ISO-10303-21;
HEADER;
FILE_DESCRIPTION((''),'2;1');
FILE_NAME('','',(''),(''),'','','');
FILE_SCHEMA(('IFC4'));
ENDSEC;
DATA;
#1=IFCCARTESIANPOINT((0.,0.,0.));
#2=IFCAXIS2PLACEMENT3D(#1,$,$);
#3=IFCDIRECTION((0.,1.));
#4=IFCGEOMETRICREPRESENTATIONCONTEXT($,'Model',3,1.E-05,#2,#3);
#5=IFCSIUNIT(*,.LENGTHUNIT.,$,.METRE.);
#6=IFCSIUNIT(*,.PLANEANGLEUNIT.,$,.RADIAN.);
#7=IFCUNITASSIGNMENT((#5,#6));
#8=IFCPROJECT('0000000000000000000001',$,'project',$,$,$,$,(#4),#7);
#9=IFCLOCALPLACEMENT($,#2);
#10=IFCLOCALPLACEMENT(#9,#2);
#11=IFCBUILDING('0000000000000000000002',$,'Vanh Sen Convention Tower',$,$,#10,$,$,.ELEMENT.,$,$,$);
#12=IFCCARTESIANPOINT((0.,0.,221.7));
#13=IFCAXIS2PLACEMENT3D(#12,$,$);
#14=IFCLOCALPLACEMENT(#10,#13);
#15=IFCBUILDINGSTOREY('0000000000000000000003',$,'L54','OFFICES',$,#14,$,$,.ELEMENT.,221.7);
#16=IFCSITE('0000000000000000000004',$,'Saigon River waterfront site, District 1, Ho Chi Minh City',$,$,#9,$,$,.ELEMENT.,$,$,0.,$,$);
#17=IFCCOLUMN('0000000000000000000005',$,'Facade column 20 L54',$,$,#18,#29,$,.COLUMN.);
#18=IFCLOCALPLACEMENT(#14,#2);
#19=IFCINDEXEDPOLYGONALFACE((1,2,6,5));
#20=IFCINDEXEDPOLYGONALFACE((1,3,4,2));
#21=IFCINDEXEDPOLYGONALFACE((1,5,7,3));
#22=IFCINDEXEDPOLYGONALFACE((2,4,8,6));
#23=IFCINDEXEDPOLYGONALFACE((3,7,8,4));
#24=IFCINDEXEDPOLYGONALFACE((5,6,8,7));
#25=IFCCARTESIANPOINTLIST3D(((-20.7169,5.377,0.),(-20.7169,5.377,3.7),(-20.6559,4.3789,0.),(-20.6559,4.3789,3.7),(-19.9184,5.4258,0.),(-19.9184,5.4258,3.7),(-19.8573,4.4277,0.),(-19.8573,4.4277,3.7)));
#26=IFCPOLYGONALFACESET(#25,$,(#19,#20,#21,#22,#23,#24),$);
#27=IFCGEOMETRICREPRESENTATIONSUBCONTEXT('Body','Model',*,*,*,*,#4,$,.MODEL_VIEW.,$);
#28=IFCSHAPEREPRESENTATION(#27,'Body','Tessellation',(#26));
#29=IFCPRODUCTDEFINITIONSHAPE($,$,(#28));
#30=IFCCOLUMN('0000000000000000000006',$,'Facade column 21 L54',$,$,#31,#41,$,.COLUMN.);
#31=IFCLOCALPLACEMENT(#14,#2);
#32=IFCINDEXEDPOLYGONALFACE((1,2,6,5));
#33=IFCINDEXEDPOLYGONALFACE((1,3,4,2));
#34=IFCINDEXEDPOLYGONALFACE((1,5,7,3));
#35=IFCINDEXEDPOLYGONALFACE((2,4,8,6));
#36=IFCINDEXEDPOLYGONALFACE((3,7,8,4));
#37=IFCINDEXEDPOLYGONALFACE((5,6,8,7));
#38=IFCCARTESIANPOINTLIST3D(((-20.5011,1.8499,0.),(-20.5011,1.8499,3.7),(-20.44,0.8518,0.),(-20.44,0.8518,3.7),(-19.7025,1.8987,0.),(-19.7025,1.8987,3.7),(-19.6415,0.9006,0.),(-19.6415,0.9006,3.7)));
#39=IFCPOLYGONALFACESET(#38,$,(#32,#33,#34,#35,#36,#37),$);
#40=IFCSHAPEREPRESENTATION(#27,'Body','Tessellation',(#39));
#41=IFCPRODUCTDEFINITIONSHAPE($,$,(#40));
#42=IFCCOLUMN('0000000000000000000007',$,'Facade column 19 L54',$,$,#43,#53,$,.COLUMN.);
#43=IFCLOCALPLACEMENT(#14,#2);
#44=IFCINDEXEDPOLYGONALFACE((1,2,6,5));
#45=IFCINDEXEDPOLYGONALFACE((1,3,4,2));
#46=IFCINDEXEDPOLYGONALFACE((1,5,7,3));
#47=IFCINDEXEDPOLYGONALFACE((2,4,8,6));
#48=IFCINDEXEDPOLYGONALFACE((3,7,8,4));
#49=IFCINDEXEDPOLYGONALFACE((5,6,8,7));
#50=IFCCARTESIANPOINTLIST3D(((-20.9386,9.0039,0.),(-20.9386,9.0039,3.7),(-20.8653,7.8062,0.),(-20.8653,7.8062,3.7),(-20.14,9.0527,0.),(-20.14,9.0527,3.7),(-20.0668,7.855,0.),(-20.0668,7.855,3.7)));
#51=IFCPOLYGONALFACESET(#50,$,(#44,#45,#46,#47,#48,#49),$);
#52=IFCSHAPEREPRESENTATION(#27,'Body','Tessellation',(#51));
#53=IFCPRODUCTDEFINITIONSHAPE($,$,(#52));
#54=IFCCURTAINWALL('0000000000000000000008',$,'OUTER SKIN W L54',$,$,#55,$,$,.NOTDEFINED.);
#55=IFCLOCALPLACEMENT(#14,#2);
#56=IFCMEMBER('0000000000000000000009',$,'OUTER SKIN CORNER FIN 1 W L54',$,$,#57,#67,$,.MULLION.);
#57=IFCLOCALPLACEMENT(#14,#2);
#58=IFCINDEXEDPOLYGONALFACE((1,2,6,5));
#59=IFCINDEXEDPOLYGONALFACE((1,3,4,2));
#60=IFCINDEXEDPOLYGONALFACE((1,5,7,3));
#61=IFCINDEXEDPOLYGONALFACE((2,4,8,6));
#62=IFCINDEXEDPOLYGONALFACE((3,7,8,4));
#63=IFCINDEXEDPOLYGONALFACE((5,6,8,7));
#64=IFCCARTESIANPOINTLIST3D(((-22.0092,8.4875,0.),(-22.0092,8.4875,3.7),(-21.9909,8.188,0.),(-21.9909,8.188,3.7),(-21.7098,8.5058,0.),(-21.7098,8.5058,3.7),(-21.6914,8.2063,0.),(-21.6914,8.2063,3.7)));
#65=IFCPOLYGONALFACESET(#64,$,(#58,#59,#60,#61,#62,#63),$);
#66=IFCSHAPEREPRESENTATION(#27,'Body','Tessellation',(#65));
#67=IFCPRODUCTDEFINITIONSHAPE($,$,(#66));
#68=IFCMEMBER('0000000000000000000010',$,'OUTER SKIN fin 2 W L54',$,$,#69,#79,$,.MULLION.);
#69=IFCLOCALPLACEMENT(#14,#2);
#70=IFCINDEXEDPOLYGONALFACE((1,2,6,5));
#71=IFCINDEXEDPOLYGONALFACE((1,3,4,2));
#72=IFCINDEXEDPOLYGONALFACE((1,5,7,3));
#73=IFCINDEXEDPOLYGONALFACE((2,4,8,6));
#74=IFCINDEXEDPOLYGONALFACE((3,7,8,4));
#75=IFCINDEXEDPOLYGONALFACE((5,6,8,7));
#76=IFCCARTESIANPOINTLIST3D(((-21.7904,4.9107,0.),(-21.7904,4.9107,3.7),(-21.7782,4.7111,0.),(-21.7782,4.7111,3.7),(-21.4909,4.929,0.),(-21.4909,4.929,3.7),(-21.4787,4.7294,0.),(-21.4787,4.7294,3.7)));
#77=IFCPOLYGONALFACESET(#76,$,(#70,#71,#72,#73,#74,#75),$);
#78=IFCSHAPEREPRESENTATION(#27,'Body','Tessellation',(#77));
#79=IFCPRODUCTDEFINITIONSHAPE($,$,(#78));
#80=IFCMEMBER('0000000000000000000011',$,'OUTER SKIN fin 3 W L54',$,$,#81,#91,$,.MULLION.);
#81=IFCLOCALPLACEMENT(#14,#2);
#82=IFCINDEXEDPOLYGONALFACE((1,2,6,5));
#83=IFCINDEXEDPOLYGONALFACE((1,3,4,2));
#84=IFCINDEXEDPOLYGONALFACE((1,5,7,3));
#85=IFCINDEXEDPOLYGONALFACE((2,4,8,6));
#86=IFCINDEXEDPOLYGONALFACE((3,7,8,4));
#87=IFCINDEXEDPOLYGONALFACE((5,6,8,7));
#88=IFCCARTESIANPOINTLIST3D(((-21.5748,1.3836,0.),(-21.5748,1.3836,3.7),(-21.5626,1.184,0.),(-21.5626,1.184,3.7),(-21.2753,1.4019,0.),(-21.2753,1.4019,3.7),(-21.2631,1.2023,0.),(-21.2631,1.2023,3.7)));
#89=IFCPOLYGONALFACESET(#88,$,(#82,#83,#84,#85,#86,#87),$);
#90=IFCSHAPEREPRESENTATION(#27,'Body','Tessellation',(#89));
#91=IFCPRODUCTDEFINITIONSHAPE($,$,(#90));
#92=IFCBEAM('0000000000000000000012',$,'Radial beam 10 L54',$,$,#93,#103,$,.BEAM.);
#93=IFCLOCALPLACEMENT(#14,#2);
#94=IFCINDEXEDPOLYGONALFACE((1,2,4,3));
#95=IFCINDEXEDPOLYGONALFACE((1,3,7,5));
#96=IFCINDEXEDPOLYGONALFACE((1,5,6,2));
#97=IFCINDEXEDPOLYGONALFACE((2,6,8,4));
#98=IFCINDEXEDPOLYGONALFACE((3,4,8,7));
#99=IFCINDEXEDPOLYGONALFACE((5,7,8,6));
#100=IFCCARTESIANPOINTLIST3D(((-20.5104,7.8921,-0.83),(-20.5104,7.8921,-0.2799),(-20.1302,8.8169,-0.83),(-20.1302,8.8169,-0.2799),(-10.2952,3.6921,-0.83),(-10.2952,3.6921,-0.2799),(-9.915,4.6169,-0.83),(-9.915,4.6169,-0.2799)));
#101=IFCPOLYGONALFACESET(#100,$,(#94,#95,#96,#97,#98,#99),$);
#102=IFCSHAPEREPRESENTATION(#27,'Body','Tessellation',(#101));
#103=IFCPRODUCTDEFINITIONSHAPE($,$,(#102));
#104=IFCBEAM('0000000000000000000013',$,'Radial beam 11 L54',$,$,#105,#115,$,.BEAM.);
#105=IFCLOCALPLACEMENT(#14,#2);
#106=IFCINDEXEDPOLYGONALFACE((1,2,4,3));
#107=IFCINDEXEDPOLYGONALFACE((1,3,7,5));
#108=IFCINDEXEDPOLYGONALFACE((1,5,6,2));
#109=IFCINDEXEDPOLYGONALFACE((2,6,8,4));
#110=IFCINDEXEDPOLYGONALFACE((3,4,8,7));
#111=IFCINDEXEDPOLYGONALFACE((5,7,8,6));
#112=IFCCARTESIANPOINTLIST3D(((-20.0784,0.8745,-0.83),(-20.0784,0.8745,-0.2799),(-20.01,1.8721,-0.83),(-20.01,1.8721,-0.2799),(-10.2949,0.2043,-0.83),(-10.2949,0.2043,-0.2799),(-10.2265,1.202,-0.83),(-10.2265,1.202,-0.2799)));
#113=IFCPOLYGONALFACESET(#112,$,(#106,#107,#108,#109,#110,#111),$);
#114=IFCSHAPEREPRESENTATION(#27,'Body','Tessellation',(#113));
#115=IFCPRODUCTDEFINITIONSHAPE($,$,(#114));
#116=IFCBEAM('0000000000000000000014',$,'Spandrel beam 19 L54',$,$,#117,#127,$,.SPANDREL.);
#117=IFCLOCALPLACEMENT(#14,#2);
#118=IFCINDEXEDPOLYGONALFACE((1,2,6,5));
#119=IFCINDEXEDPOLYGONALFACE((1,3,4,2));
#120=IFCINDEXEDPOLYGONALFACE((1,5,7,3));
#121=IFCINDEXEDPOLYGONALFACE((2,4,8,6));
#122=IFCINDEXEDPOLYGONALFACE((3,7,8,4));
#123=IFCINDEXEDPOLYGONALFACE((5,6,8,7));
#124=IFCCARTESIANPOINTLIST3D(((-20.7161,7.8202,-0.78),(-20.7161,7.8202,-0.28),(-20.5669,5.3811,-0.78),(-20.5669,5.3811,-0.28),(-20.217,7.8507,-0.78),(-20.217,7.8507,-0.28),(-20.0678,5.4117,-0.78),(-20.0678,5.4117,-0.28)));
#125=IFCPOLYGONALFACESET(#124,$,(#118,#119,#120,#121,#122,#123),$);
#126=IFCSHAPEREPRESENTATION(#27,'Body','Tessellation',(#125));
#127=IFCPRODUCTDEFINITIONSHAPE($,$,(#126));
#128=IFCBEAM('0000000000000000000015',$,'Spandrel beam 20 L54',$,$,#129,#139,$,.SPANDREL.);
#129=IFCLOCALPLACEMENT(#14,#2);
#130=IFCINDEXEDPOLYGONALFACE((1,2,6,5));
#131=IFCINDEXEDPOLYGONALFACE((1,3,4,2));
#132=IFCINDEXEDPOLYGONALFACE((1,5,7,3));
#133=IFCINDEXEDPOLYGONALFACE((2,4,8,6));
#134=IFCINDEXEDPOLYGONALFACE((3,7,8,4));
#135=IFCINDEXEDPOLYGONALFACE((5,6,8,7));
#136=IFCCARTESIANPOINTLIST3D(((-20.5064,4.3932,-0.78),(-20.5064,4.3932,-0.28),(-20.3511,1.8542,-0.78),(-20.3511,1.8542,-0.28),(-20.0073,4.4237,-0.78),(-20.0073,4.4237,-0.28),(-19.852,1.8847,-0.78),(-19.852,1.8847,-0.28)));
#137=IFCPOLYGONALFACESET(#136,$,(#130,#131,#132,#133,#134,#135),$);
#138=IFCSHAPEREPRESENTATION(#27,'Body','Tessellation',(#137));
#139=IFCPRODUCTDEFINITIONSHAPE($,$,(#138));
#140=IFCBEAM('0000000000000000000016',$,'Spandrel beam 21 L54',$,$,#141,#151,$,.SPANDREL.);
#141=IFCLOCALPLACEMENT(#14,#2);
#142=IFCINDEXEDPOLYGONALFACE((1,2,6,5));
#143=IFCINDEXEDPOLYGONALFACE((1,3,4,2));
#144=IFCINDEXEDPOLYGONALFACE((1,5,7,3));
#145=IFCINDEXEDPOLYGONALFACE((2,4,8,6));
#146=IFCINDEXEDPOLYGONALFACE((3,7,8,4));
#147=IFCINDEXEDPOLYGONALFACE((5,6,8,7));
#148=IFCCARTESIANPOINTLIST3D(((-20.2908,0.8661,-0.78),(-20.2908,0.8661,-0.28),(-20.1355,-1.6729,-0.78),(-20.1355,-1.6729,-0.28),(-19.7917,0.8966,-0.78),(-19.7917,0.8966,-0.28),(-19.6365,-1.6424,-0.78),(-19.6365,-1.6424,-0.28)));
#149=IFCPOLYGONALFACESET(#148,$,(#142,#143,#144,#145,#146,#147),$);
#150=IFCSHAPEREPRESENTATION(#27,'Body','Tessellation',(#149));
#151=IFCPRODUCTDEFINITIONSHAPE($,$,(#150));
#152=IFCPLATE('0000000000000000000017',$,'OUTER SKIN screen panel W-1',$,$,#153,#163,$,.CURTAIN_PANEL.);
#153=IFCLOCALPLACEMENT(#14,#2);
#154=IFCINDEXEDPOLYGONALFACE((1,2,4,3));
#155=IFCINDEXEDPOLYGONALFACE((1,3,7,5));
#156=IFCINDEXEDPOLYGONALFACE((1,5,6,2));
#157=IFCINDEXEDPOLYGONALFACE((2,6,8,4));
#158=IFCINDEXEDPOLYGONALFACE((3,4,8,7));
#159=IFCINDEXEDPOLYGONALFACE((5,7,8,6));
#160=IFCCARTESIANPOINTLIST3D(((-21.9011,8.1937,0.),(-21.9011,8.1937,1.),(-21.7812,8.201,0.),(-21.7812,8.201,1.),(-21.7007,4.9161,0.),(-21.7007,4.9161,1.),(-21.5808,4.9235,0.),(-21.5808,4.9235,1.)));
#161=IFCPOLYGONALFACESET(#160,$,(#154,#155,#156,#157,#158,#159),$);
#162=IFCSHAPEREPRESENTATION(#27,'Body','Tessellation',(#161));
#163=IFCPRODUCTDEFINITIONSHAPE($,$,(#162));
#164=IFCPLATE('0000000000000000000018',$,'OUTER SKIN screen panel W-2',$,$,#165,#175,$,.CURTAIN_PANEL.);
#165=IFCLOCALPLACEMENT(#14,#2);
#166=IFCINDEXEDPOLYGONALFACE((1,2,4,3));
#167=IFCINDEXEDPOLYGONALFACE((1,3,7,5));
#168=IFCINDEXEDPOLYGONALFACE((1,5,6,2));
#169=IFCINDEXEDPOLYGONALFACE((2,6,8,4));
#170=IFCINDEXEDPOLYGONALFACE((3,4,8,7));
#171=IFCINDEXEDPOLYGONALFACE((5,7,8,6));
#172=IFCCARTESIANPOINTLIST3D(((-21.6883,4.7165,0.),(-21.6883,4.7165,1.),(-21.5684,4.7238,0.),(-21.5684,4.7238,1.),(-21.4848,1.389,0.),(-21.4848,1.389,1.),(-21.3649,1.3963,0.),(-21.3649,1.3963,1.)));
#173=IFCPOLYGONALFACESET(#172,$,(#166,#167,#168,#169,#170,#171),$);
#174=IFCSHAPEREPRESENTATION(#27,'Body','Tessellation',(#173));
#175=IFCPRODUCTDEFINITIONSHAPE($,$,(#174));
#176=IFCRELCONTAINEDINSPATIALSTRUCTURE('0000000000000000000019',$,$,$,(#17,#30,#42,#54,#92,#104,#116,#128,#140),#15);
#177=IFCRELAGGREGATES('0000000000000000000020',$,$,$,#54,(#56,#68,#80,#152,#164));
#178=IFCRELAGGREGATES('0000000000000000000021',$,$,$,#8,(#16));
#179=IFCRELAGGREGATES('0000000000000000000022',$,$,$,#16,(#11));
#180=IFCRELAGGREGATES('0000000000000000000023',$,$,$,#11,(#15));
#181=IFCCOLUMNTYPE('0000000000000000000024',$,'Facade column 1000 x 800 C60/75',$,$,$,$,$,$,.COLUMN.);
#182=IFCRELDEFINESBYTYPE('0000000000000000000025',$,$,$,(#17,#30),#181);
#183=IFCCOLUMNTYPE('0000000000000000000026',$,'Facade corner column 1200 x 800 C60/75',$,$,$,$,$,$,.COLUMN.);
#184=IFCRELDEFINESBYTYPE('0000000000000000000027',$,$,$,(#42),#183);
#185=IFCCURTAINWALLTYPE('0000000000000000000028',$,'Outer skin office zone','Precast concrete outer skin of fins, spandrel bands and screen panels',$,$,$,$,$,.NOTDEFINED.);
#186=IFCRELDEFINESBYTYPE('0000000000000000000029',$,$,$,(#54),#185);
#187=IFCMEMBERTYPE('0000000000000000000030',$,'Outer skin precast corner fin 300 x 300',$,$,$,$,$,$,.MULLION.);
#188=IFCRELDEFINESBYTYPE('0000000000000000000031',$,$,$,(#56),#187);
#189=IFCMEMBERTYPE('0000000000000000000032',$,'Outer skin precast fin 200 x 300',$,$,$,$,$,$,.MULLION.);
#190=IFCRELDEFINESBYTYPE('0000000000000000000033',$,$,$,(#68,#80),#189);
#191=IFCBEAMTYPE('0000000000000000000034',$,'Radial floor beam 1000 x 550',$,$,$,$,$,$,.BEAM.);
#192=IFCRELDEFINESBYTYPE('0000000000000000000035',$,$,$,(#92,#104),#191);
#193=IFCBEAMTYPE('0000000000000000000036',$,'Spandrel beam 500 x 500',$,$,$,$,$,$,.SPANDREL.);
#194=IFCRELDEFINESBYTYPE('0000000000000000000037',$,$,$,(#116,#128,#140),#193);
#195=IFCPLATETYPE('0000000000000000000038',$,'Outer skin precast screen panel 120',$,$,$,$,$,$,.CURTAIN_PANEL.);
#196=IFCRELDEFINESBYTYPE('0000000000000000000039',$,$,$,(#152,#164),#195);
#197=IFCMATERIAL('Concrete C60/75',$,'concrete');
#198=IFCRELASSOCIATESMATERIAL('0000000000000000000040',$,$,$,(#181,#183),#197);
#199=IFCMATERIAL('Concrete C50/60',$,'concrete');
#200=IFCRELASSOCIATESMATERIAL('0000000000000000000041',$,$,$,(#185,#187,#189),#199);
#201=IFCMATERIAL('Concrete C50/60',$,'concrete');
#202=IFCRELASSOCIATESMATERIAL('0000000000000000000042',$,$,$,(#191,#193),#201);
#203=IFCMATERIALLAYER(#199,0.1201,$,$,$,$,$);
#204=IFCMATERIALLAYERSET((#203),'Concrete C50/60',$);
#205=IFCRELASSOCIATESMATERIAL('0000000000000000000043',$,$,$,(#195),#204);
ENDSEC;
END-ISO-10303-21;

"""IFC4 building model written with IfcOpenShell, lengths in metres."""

from ifc_helpers import new_model, si_unit, direction, frame, origin, origin_2d, place, context, subcontext, project, spatial, rectangle, extrude, material, layer, layer_set, material_profile, profile_set, type_object, element, aggregate, save


model = new_model("IFC4")

# Units and contexts
model_context = context("Model", 3, precision=1e-05, world=origin(), true_north=direction((0.0, 1.0)))
body_context = subcontext(model_context, "Body", "Model", "MODEL_VIEW")
ifc_project = project(units=[si_unit("LENGTHUNIT", "METRE"), si_unit("PLANEANGLEUNIT", "RADIAN")], contexts=[model_context])

# Site, building, storey
site_placement = place(None, origin())
site = spatial("IfcSite", under=ifc_project, at=site_placement, Name="Saigon River waterfront site, District 1, Ho Chi Minh City", CompositionType="ELEMENT", RefElevation=0.0)
building_placement = place(site_placement, origin())
building = spatial("IfcBuilding", under=site, at=building_placement, Name="Vanh Sen Convention Tower", CompositionType="ELEMENT")
storey_placement = place(building_placement, frame((0.0, 0.0, 221.7)))
storey = spatial("IfcBuildingStorey", under=building, at=storey_placement, Name="L54", Description="OFFICES", CompositionType="ELEMENT", Elevation=221.7)

# Columns
ifc_material_1 = material(Name="Concrete C60/75", Category="concrete")
ifc_material_profile_1 = material_profile(ifc_material_1, rectangle(XDim=1.0, YDim=0.8, at=origin_2d()), Name="RC 1000X800")
ifc_profile_set_1 = profile_set([ifc_material_profile_1], Name="Concrete C60/75")
column_type_1 = type_object("IfcColumnType", Name="Facade column 1000 x 800 C60/75", PredefinedType="COLUMN", material=ifc_profile_set_1)
for number, where, z_axis, x_axis, name in (
    (1, (-20.2871, 4.9023, 0.0), (0.0, 0.0, 1.0), (0.061049, -0.998135, 0.0), "Facade column 20 L54"),
    (2, (-20.0713, 1.3752, 0.0), (0.0, 0.0, 1.0), (0.061049, -0.998135, 0.0), "Facade column 21 L54"),
):
    element("IfcColumn", number, at=place(storey_placement, frame(where, z_axis=z_axis, x_axis=x_axis)), inside=storey, type_object=column_type_1, Name=name, PredefinedType="COLUMN", context=body_context, shape_type="SweptSolid", body=[
        extrude(rectangle(XDim=1.0, YDim=0.8, at=origin_2d()), origin(), (0.0, 0.0, 1.0), 3.7),
    ])
ifc_material_profile_2 = material_profile(ifc_material_1, rectangle(XDim=1.2, YDim=0.8, at=origin_2d()), Name="RC 1200X800")
ifc_profile_set_2 = profile_set([ifc_material_profile_2], Name="Concrete C60/75")
column_type_2 = type_object("IfcColumnType", Name="Facade corner column 1200 x 800 C60/75", PredefinedType="COLUMN", material=ifc_profile_set_2)
column_placement = place(storey_placement, frame((-20.5027, 8.4294, 0.0), z_axis=(0.0, 0.0, 1.0), x_axis=(0.061049, -0.998135, 0.0)))
element("IfcColumn", 3, at=column_placement, inside=storey, type_object=column_type_2, Name="Facade column 19 L54", PredefinedType="COLUMN", context=body_context, shape_type="SweptSolid", body=[
    extrude(rectangle(XDim=1.2, YDim=0.8, at=origin_2d()), origin(), (0.0, 0.0, 1.0), 3.7),
])

# Curtain wall, members
ifc_material_2 = material(Name="Concrete C50/60", Category="concrete")
curtain_wall_type = type_object("IfcCurtainWallType", Name="Outer skin office zone", Description="Precast concrete outer skin of fins, spandrel bands and screen panels", PredefinedType="NOTDEFINED", material=ifc_material_2)
curtain_wall_placement = place(storey_placement, origin())
curtain_wall = element("IfcCurtainWall", 4, at=curtain_wall_placement, inside=storey, type_object=curtain_wall_type, Name="OUTER SKIN W L54", PredefinedType="NOTDEFINED")
ifc_material_profile_3 = material_profile(ifc_material_2, rectangle(XDim=0.3, YDim=0.3, at=origin_2d()), Name="Outer skin precast corner fin 300 x 300")
ifc_profile_set_3 = profile_set([ifc_material_profile_3], Name="Concrete C50/60")
member_type_1 = type_object("IfcMemberType", Name="Outer skin precast corner fin 300 x 300", PredefinedType="MULLION", material=ifc_profile_set_3)
member_1_placement = place(storey_placement, frame((-21.8503, 8.3469, 0.0), z_axis=(0.0, 0.0, 1.0), x_axis=(0.061049, -0.998135, 0.0)))
member_1 = element("IfcMember", 5, at=member_1_placement, type_object=member_type_1, Name="OUTER SKIN CORNER FIN 1 W L54", PredefinedType="MULLION", context=body_context, shape_type="SweptSolid", body=[
    extrude(rectangle(XDim=0.3, YDim=0.3, at=origin_2d()), origin(), (0.0, 0.0, 1.0), 3.7),
])
ifc_material_profile_4 = material_profile(ifc_material_2, rectangle(XDim=0.2, YDim=0.3, at=origin_2d()), Name="Outer skin precast fin 200 x 300")
ifc_profile_set_4 = profile_set([ifc_material_profile_4], Name="Concrete C50/60")
member_type_2 = type_object("IfcMemberType", Name="Outer skin precast fin 200 x 300", PredefinedType="MULLION", material=ifc_profile_set_4)
member_2_placement = place(storey_placement, frame((-21.6345, 4.8201, 0.0), z_axis=(0.0, 0.0, 1.0), x_axis=(0.061049, -0.998135, 0.0)))
member_2 = element("IfcMember", 6, at=member_2_placement, type_object=member_type_2, Name="OUTER SKIN fin 2 W L54", PredefinedType="MULLION", context=body_context, shape_type="SweptSolid", body=[
    extrude(rectangle(XDim=0.2, YDim=0.3, at=origin_2d()), origin(), (0.0, 0.0, 1.0), 3.7),
])
member_3_placement = place(storey_placement, frame((-21.4189, 1.293, 0.0), z_axis=(0.0, 0.0, 1.0), x_axis=(0.061049, -0.998135, 0.0)))
member_3 = element("IfcMember", 7, at=member_3_placement, type_object=member_type_2, Name="OUTER SKIN fin 3 W L54", PredefinedType="MULLION", context=body_context, shape_type="SweptSolid", body=[
    extrude(rectangle(XDim=0.2, YDim=0.3, at=origin_2d()), origin(), (0.0, 0.0, 1.0), 3.7),
])

# Beams
ifc_material_3 = material(Name="Concrete C50/60", Category="concrete")
ifc_material_profile_5 = material_profile(ifc_material_3, rectangle(XDim=1.0, YDim=0.55, at=origin_2d()), Name="RC 1000X550")
ifc_profile_set_5 = profile_set([ifc_material_profile_5], Name="Concrete C50/60")
beam_type_1 = type_object("IfcBeamType", Name="Radial floor beam 1000 x 550", PredefinedType="BEAM", material=ifc_profile_set_5)
beam_1_placement = place(storey_placement, frame((-20.3203, 8.3545, -0.5549), z_axis=(0.924878, -0.380265, 0.0), x_axis=(0.380265, 0.924878, 0.0)))
element("IfcBeam", 8, at=beam_1_placement, inside=storey, type_object=beam_type_1, Name="Radial beam 10 L54", PredefinedType="BEAM", context=body_context, shape_type="SweptSolid", body=[
    extrude(rectangle(XDim=1.0, YDim=0.55, at=origin_2d()), origin(), (0.0, 0.0, 1.0), 11.0449),
])
beam_2_placement = place(storey_placement, frame((-20.0442, 1.3733, -0.5549), z_axis=(0.997662, -0.06834, 0.0), x_axis=(0.06834, 0.997662, 0.0)))
element("IfcBeam", 9, at=beam_2_placement, inside=storey, type_object=beam_type_1, Name="Radial beam 11 L54", PredefinedType="BEAM", context=body_context, shape_type="SweptSolid", body=[
    extrude(rectangle(XDim=1.0, YDim=0.55, at=origin_2d()), origin(), (0.0, 0.0, 1.0), 9.8064),
])
ifc_material_profile_6 = material_profile(ifc_material_3, rectangle(XDim=0.5, YDim=0.5, at=origin_2d()), Name="RC 500X500")
ifc_profile_set_6 = profile_set([ifc_material_profile_6], Name="Concrete C50/60")
beam_type_2 = type_object("IfcBeamType", Name="Spandrel beam 500 x 500", PredefinedType="SPANDREL", material=ifc_profile_set_6)
beam_3_placement = place(storey_placement, frame((-20.4666, 7.8354, -0.53), z_axis=(0.061047, -0.998135, 0.0), x_axis=(0.998135, 0.061047, 0.0)))
element("IfcBeam", 10, at=beam_3_placement, inside=storey, type_object=beam_type_2, Name="Spandrel beam 19 L54", PredefinedType="SPANDREL", context=body_context, shape_type="SweptSolid", body=[
    extrude(rectangle(XDim=0.5, YDim=0.5, at=origin_2d()), origin(), (0.0, 0.0, 1.0), 2.4436),
])
for number, where, z_axis, x_axis, name in (
    (11, (-20.2568, 4.4084, -0.53), (0.06104, -0.998135, 0.0), (0.998135, 0.06104, 0.0), "Spandrel beam 20 L54"),
    (12, (-20.0413, 0.8813, -0.53), (0.06104, -0.998135, 0.0), (0.998135, 0.06104, 0.0), "Spandrel beam 21 L54"),
):
    element("IfcBeam", number, at=place(storey_placement, frame(where, z_axis=z_axis, x_axis=x_axis)), inside=storey, type_object=beam_type_2, Name=name, PredefinedType="SPANDREL", context=body_context, shape_type="SweptSolid", body=[
        extrude(rectangle(XDim=0.5, YDim=0.5, at=origin_2d()), origin(), (0.0, 0.0, 1.0), 2.5437),
    ])

# Plates
ifc_layer_1 = layer(ifc_material_2, 0.1201)
ifc_layer_set_1 = layer_set([ifc_layer_1], Name="Concrete C50/60")
plate_type = type_object("IfcPlateType", Name="Outer skin precast screen panel 120", PredefinedType="CURTAIN_PANEL", material=ifc_layer_set_1)
plate_1_placement = place(storey_placement, frame((-21.741, 6.5586, 0.0), z_axis=(0.0, 0.0, 1.0), x_axis=(0.061043, -0.998135, 0.0)))
plate_1 = element("IfcPlate", 13, at=plate_1_placement, type_object=plate_type, Name="OUTER SKIN screen panel W-1", PredefinedType="CURTAIN_PANEL", context=body_context, shape_type="SweptSolid", body=[
    extrude(rectangle(XDim=3.2837, YDim=0.1201, at=origin_2d()), origin(), (0.0, 0.0, 1.0), 1.0),
])
plate_2_placement = place(storey_placement, frame((-21.5266, 3.0564, 0.0), z_axis=(0.0, 0.0, 1.0), x_axis=(0.061042, -0.998135, 0.0)))
plate_2 = element("IfcPlate", 14, at=plate_2_placement, type_object=plate_type, Name="OUTER SKIN screen panel W-2", PredefinedType="CURTAIN_PANEL", context=body_context, shape_type="SweptSolid", body=[
    extrude(rectangle(XDim=3.3337, YDim=0.1201, at=origin_2d()), origin(), (0.0, 0.0, 1.0), 1.0),
])
aggregate(curtain_wall, [member_1, member_2, member_3, plate_1, plate_2])

save(model, "model.ifc")
